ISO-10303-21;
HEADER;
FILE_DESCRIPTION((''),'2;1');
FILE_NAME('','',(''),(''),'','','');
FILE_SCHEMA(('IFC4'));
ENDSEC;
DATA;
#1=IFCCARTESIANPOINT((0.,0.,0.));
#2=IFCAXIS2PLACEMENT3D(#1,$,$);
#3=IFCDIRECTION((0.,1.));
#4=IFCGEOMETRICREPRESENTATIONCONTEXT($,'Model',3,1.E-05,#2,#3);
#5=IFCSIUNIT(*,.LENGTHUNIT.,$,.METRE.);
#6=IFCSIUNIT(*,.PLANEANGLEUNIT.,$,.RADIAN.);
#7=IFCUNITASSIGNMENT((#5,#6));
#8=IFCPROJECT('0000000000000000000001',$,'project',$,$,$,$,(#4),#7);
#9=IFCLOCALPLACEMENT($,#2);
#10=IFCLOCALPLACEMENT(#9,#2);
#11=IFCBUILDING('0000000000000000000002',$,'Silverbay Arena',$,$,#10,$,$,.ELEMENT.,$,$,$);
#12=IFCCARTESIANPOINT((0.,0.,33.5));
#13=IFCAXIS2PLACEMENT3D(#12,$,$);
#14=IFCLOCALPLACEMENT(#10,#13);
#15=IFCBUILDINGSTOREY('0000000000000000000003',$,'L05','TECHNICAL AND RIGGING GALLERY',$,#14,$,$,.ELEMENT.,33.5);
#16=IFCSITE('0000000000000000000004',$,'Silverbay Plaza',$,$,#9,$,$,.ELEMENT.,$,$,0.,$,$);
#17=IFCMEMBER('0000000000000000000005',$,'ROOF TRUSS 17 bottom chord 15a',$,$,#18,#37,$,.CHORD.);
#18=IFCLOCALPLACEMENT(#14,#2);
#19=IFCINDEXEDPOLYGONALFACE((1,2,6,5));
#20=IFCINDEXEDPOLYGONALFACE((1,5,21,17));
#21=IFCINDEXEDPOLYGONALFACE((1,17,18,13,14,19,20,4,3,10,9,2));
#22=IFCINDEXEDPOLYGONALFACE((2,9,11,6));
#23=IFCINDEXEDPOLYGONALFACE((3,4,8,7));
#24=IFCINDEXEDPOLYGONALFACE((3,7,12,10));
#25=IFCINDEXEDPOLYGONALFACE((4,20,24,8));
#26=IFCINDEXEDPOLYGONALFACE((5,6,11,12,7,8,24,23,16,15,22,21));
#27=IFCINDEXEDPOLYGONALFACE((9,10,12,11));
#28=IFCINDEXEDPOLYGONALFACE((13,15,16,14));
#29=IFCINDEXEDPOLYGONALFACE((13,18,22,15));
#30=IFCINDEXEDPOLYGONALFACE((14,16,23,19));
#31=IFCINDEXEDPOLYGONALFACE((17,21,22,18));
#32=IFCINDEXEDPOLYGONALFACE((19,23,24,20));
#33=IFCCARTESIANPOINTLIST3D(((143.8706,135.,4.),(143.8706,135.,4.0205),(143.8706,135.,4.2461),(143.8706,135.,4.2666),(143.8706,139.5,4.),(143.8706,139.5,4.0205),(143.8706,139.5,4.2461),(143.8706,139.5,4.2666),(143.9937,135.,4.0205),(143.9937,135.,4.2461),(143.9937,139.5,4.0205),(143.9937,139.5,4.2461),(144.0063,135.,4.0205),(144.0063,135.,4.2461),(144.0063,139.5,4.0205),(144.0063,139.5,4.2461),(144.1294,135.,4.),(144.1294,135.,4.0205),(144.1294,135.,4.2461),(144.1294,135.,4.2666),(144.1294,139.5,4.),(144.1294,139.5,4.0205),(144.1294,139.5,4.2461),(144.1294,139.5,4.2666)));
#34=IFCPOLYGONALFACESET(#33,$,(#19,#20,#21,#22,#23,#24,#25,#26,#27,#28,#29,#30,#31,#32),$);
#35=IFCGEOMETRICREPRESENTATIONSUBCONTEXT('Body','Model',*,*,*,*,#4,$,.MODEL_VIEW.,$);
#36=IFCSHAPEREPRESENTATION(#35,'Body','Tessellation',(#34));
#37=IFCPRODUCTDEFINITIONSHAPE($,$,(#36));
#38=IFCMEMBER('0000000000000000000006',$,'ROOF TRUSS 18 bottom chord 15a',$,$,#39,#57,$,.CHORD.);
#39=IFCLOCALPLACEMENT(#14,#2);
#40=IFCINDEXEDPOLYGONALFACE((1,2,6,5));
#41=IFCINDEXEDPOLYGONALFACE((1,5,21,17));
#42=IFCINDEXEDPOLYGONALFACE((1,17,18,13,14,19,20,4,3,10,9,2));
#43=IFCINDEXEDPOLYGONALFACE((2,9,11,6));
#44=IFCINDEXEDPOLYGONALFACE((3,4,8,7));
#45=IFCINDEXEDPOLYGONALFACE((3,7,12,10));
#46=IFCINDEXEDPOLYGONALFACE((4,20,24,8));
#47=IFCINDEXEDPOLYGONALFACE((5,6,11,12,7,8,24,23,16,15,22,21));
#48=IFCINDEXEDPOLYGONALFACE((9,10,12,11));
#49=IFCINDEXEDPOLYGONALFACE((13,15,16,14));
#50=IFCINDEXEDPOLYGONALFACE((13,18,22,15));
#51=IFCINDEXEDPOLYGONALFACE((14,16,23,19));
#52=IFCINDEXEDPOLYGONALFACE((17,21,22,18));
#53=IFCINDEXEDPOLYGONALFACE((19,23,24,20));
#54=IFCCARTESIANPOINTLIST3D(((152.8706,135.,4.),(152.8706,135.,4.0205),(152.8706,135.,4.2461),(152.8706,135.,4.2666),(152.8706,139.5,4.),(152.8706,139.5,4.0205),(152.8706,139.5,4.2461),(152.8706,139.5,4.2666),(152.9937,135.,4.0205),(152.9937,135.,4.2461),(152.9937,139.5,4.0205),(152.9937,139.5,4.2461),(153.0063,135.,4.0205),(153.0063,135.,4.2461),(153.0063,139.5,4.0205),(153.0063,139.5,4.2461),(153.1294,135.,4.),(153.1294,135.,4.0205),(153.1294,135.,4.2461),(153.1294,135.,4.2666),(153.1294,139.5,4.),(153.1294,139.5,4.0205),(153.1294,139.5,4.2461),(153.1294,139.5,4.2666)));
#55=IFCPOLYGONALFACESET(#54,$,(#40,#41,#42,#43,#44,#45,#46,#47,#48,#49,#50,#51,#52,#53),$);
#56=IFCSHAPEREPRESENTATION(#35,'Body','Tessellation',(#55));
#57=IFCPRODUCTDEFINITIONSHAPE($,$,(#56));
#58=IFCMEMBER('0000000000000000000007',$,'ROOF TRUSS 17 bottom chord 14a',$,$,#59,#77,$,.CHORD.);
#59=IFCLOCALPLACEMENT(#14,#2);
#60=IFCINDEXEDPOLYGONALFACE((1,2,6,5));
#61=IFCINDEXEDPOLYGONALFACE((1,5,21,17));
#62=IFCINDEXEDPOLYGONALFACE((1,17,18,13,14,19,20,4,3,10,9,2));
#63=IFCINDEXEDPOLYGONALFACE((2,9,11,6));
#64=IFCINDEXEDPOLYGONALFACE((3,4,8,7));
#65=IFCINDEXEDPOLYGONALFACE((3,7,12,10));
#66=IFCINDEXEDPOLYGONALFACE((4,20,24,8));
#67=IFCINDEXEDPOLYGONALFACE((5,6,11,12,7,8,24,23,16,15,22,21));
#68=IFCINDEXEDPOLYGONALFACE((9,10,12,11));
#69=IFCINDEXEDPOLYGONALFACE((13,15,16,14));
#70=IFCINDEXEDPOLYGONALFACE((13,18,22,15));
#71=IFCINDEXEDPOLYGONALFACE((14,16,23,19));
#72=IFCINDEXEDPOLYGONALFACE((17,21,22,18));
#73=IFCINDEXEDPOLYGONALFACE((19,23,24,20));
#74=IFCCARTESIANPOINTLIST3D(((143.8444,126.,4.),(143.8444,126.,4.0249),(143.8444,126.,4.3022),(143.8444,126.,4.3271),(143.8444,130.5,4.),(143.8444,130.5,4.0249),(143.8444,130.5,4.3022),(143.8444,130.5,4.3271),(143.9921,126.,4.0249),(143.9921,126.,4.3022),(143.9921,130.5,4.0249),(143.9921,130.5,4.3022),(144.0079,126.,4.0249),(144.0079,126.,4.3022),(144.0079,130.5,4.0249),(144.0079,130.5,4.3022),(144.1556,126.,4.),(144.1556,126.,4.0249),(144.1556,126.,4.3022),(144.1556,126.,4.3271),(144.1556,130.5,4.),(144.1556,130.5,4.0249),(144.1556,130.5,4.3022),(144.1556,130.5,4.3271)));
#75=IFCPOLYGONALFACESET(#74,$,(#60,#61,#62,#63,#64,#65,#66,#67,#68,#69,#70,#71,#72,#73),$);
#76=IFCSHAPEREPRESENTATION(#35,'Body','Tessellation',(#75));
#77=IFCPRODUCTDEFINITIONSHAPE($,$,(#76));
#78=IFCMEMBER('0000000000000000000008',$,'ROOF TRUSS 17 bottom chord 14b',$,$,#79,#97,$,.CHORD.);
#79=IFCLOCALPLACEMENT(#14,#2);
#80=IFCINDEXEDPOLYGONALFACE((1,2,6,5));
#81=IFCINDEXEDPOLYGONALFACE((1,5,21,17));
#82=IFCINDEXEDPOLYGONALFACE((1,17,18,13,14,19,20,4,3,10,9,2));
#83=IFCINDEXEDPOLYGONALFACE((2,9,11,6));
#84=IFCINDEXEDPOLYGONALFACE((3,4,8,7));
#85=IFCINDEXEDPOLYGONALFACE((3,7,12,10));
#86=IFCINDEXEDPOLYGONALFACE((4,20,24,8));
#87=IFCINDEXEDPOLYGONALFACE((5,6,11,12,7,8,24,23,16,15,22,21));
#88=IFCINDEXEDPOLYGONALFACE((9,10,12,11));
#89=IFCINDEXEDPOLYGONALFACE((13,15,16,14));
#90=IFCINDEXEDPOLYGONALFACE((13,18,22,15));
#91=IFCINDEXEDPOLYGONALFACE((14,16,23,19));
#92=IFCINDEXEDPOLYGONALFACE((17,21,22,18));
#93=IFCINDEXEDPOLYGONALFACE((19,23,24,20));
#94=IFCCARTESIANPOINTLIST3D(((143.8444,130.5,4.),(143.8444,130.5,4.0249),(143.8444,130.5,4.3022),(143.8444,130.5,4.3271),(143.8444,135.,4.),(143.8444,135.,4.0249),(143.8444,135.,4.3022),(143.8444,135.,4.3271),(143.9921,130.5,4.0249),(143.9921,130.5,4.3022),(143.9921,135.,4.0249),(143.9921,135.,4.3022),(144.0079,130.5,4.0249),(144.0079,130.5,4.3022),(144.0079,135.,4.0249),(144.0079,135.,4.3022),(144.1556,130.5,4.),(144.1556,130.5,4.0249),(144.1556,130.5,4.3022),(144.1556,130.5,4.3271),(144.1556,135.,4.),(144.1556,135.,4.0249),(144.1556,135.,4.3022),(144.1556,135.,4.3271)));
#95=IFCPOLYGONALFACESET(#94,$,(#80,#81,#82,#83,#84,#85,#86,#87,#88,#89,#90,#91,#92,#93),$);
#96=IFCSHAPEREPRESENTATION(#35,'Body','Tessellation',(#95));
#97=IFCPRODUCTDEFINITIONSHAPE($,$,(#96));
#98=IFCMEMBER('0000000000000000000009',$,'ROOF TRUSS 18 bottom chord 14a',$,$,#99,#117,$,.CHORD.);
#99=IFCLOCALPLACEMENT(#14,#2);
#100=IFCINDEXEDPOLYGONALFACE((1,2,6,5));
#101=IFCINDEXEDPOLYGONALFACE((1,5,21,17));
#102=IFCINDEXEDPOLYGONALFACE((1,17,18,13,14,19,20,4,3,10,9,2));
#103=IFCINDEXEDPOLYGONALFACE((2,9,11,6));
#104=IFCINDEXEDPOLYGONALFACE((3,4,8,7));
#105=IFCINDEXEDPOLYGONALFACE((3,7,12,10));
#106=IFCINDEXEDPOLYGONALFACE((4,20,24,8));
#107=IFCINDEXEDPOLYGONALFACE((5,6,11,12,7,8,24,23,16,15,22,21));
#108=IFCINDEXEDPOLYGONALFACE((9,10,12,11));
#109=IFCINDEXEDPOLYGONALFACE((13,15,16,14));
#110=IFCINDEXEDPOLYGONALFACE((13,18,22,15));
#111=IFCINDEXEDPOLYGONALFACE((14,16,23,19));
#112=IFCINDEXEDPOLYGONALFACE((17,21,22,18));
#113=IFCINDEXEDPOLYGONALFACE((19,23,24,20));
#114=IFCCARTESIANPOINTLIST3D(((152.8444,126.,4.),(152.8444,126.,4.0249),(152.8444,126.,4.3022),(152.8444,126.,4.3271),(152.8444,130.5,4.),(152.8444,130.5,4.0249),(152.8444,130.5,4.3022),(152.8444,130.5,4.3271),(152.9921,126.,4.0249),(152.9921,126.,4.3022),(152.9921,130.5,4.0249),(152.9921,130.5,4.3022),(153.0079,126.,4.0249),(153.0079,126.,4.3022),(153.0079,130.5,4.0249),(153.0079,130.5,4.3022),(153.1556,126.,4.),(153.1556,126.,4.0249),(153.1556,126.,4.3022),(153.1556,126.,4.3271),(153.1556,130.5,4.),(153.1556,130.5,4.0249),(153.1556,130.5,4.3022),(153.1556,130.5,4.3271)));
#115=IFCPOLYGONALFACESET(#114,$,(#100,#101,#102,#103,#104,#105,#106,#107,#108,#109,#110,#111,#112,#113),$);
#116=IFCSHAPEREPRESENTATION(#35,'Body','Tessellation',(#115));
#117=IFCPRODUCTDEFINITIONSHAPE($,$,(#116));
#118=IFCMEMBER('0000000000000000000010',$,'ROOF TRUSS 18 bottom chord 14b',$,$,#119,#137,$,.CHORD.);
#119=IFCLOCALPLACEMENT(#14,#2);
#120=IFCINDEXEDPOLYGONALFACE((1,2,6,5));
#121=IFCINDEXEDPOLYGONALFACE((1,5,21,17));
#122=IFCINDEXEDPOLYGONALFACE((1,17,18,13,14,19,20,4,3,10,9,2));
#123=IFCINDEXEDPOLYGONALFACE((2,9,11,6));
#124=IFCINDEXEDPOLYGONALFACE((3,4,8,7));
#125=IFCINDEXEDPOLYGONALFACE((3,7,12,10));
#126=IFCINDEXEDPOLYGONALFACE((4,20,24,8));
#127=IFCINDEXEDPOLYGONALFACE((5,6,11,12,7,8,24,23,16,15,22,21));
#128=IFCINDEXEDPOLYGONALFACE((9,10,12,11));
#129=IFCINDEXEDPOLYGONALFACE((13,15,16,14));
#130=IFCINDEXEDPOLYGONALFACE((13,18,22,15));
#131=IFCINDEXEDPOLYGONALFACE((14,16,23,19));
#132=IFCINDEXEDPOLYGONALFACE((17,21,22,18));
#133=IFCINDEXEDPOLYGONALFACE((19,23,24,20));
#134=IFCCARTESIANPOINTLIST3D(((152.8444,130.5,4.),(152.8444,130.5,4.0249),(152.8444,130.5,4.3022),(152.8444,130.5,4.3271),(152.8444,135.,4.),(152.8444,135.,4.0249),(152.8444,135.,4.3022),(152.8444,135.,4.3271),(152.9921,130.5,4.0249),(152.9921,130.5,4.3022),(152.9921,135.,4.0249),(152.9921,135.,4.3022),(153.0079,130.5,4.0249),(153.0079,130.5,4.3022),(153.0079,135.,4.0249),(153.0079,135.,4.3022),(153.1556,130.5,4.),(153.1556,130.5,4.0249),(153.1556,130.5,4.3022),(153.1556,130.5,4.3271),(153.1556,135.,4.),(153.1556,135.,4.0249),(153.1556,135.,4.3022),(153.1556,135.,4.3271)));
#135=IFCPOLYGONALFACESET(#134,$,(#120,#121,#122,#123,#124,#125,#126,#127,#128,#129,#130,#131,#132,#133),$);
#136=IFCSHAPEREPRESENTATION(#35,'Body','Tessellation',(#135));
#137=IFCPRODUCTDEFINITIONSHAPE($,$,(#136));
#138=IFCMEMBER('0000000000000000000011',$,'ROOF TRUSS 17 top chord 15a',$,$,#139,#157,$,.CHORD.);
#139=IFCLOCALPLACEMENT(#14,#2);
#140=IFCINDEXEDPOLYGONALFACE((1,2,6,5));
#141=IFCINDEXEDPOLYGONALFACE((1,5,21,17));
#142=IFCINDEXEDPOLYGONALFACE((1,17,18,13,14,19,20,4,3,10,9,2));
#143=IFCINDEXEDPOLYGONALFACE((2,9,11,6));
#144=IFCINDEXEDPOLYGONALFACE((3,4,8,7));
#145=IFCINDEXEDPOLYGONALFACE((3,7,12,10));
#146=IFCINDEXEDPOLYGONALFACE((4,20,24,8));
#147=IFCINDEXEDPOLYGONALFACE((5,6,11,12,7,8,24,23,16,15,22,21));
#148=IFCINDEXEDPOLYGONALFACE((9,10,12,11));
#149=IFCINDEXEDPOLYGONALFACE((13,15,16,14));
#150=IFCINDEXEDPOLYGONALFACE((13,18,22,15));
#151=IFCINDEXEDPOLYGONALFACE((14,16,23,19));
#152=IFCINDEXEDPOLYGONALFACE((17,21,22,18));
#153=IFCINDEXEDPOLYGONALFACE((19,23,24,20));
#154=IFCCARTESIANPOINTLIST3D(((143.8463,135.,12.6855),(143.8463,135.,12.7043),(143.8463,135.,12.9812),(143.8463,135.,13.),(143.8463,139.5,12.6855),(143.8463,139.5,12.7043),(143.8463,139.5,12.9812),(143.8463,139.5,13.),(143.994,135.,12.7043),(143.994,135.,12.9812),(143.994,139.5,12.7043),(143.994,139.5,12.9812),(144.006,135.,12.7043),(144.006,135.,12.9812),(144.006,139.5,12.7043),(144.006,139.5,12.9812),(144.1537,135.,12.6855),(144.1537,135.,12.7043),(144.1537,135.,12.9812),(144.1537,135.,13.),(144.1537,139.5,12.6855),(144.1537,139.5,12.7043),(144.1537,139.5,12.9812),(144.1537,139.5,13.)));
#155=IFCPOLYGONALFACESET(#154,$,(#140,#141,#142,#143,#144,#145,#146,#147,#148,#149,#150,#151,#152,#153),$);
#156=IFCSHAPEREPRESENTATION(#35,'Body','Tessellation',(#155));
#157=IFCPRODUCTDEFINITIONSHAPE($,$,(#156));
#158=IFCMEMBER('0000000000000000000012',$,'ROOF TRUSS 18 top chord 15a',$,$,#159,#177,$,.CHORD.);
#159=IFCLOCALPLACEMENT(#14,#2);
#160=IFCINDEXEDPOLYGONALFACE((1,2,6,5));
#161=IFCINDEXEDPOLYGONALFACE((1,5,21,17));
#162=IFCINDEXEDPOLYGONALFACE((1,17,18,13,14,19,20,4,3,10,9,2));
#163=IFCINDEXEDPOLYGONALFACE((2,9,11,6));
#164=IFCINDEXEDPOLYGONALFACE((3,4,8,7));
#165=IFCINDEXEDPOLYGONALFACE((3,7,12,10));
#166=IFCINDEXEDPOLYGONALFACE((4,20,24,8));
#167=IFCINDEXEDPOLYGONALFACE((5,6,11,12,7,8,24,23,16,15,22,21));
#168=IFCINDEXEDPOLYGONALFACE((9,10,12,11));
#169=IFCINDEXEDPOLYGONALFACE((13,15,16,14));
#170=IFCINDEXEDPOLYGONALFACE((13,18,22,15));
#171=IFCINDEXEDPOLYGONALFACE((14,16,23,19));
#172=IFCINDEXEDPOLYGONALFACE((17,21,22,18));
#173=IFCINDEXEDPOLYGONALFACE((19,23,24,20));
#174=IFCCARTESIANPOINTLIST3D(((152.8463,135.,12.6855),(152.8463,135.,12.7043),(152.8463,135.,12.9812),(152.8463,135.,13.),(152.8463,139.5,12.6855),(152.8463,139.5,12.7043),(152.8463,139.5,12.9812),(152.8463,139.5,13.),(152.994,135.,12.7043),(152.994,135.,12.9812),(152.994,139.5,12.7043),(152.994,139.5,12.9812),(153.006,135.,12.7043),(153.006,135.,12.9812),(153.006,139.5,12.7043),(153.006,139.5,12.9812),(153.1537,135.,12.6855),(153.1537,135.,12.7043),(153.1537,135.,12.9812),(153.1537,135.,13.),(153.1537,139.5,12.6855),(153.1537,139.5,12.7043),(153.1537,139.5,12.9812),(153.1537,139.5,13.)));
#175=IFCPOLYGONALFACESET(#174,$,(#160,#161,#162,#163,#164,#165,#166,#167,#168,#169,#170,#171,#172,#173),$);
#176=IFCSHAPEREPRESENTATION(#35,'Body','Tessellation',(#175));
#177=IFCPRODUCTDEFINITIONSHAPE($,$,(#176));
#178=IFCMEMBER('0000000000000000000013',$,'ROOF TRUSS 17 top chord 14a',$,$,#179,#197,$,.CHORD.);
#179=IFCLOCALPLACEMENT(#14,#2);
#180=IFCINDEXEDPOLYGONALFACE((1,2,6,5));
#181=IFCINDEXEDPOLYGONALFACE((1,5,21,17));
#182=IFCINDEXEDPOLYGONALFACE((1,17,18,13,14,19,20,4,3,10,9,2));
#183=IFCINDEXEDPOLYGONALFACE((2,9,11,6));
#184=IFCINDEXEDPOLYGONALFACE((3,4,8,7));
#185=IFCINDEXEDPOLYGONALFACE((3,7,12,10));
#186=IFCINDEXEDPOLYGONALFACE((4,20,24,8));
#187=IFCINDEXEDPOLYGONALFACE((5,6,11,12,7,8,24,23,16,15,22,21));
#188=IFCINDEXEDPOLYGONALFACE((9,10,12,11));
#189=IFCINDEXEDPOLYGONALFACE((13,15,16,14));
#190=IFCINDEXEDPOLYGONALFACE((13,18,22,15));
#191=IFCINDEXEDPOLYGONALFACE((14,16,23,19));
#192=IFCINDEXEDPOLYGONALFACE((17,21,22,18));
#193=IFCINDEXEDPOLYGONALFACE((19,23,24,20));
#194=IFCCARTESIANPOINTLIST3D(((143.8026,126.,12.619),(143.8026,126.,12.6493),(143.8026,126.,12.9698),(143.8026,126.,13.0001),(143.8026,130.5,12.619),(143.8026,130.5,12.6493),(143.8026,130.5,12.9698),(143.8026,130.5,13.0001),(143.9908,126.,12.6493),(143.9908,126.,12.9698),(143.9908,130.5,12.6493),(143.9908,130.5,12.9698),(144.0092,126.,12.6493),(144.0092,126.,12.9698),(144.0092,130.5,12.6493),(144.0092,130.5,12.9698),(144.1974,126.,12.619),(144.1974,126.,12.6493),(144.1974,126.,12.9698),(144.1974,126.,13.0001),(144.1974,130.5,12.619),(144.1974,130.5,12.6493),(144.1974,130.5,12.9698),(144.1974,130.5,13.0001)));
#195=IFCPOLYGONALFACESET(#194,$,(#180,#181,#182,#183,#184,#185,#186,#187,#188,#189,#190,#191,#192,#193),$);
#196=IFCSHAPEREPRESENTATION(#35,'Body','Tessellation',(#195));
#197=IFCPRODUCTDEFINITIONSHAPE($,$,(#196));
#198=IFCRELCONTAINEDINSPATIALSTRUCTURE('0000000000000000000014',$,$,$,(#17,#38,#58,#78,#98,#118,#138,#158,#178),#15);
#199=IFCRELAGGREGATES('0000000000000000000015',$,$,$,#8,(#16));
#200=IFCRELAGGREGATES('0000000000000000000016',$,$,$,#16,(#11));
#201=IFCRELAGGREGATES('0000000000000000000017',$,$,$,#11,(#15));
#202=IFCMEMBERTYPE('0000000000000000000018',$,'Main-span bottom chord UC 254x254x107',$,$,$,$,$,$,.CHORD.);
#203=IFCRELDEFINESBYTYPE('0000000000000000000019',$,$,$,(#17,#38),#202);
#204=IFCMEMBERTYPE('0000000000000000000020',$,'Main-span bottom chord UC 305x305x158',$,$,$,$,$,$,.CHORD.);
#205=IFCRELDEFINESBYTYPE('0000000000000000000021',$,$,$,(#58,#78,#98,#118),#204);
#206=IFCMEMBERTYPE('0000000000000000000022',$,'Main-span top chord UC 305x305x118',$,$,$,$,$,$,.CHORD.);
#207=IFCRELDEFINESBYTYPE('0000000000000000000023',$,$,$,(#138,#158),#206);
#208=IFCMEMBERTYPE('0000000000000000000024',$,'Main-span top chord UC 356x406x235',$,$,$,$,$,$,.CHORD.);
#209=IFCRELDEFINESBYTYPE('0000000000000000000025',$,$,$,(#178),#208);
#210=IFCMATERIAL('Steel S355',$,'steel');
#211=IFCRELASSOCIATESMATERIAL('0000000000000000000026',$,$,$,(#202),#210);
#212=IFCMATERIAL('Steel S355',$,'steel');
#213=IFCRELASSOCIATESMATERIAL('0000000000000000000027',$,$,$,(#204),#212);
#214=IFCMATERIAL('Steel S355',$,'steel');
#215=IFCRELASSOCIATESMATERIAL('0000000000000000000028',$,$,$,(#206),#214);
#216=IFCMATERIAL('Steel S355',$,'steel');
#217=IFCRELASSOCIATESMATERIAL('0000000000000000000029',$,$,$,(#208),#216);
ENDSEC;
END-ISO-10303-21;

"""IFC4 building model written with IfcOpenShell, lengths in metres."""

from ifc_helpers import new_model, si_unit, direction, frame, origin, origin_2d, place, context, subcontext, project, spatial, i_section, extrude, material, material_profile, profile_set, type_object, element, save


model = new_model("IFC4")

# Units and contexts
model_context = context("Model", 3, precision=1e-05, world=origin(), true_north=direction((0.0, 1.0)))
body_context = subcontext(model_context, "Body", "Model", "MODEL_VIEW")
ifc_project = project(units=[si_unit("LENGTHUNIT", "METRE"), si_unit("PLANEANGLEUNIT", "RADIAN")], contexts=[model_context])

# Site, building, storey
site_placement = place(None, origin())
site = spatial("IfcSite", under=ifc_project, at=site_placement, Name="Silverbay Plaza", CompositionType="ELEMENT", RefElevation=0.0)
building_placement = place(site_placement, origin())
building = spatial("IfcBuilding", under=site, at=building_placement, Name="Silverbay Arena", CompositionType="ELEMENT")
storey_placement = place(building_placement, frame((0.0, 0.0, 33.5)))
storey = spatial("IfcBuildingStorey", under=building, at=storey_placement, Name="L05", Description="TECHNICAL AND RIGGING GALLERY", CompositionType="ELEMENT", Elevation=33.5)

# Members
ifc_material_1 = material(Name="Steel S355", Category="steel")
ifc_material_profile_1 = material_profile(ifc_material_1, i_section(OverallWidth=0.2588, OverallDepth=0.2666, WebThickness=0.0127, FlangeThickness=0.0205, at=origin_2d()), Name="UC 254x254x107")
ifc_profile_set_1 = profile_set([ifc_material_profile_1], Name="Steel S355")
member_type_1 = type_object("IfcMemberType", Name="Main-span bottom chord UC 254x254x107", PredefinedType="CHORD", material=ifc_profile_set_1)
for number, where, z_axis, x_axis, name in (
    (1, (144.0, 135.0, 4.1333), (0.0, 1.0, 0.0), (-1.0, 0.0, 0.0), "ROOF TRUSS 17 bottom chord 15a"),
    (2, (153.0, 135.0, 4.1333), (0.0, 1.0, 0.0), (-1.0, 0.0, 0.0), "ROOF TRUSS 18 bottom chord 15a"),
):
    element("IfcMember", number, at=place(storey_placement, frame(where, z_axis=z_axis, x_axis=x_axis)), inside=storey, type_object=member_type_1, Name=name, PredefinedType="CHORD", context=body_context, shape_type="SweptSolid", body=[
        extrude(i_section(OverallWidth=0.2588, OverallDepth=0.2666, WebThickness=0.0127, FlangeThickness=0.0205, at=origin_2d()), origin(), (0.0, 0.0, 1.0), 4.5),
    ])
ifc_material_2 = material(Name="Steel S355", Category="steel")
ifc_material_profile_2 = material_profile(ifc_material_2, i_section(OverallWidth=0.3113, OverallDepth=0.3271, WebThickness=0.0159, FlangeThickness=0.0249, at=origin_2d()), Name="UC 305x305x158")
ifc_profile_set_2 = profile_set([ifc_material_profile_2], Name="Steel S355")
member_type_2 = type_object("IfcMemberType", Name="Main-span bottom chord UC 305x305x158", PredefinedType="CHORD", material=ifc_profile_set_2)
for number, where, z_axis, x_axis, name in (
    (3, (144.0, 126.0, 4.1636), (0.0, 1.0, 0.0), (-1.0, 0.0, 0.0), "ROOF TRUSS 17 bottom chord 14a"),
    (4, (144.0, 130.5, 4.1636), (0.0, 1.0, 0.0), (-1.0, 0.0, 0.0), "ROOF TRUSS 17 bottom chord 14b"),
    (5, (153.0, 126.0, 4.1636), (0.0, 1.0, 0.0), (-1.0, 0.0, 0.0), "ROOF TRUSS 18 bottom chord 14a"),
    (6, (153.0, 130.5, 4.1636), (0.0, 1.0, 0.0), (-1.0, 0.0, 0.0), "ROOF TRUSS 18 bottom chord 14b"),
):
    element("IfcMember", number, at=place(storey_placement, frame(where, z_axis=z_axis, x_axis=x_axis)), inside=storey, type_object=member_type_2, Name=name, PredefinedType="CHORD", context=body_context, shape_type="SweptSolid", body=[
        extrude(i_section(OverallWidth=0.3113, OverallDepth=0.3271, WebThickness=0.0159, FlangeThickness=0.0249, at=origin_2d()), origin(), (0.0, 0.0, 1.0), 4.5),
    ])
ifc_material_3 = material(Name="Steel S355", Category="steel")
ifc_material_profile_3 = material_profile(ifc_material_3, i_section(OverallWidth=0.3074, OverallDepth=0.3145, WebThickness=0.012, FlangeThickness=0.0188, at=origin_2d()), Name="UC 305x305x118")
ifc_profile_set_3 = profile_set([ifc_material_profile_3], Name="Steel S355")
member_type_3 = type_object("IfcMemberType", Name="Main-span top chord UC 305x305x118", PredefinedType="CHORD", material=ifc_profile_set_3)
for number, where, z_axis, x_axis, name in (
    (7, (144.0, 135.0, 12.8428), (0.0, 1.0, 0.0), (-1.0, 0.0, 0.0), "ROOF TRUSS 17 top chord 15a"),
    (8, (153.0, 135.0, 12.8428), (0.0, 1.0, 0.0), (-1.0, 0.0, 0.0), "ROOF TRUSS 18 top chord 15a"),
):
    element("IfcMember", number, at=place(storey_placement, frame(where, z_axis=z_axis, x_axis=x_axis)), inside=storey, type_object=member_type_3, Name=name, PredefinedType="CHORD", context=body_context, shape_type="SweptSolid", body=[
        extrude(i_section(OverallWidth=0.3074, OverallDepth=0.3145, WebThickness=0.012, FlangeThickness=0.0188, at=origin_2d()), origin(), (0.0, 0.0, 1.0), 4.5),
    ])
ifc_material_4 = material(Name="Steel S355", Category="steel")
ifc_material_profile_4 = material_profile(ifc_material_4, i_section(OverallWidth=0.3948, OverallDepth=0.3811, WebThickness=0.0183, FlangeThickness=0.0303, at=origin_2d()), Name="UC 356x406x235")
ifc_profile_set_4 = profile_set([ifc_material_profile_4], Name="Steel S355")
member_type_4 = type_object("IfcMemberType", Name="Main-span top chord UC 356x406x235", PredefinedType="CHORD", material=ifc_profile_set_4)
for number, where, z_axis, x_axis, name in (
    (9, (144.0, 126.0, 12.8096), (0.0, 1.0, 0.0), (-1.0, 0.0, 0.0), "ROOF TRUSS 17 top chord 14a"),
):
    element("IfcMember", number, at=place(storey_placement, frame(where, z_axis=z_axis, x_axis=x_axis)), inside=storey, type_object=member_type_4, Name=name, PredefinedType="CHORD", context=body_context, shape_type="SweptSolid", body=[
        extrude(i_section(OverallWidth=0.3948, OverallDepth=0.3811, WebThickness=0.0183, FlangeThickness=0.0303, at=origin_2d()), origin(), (0.0, 0.0, 1.0), 4.5),
    ])

save(model, "model.ifc")
